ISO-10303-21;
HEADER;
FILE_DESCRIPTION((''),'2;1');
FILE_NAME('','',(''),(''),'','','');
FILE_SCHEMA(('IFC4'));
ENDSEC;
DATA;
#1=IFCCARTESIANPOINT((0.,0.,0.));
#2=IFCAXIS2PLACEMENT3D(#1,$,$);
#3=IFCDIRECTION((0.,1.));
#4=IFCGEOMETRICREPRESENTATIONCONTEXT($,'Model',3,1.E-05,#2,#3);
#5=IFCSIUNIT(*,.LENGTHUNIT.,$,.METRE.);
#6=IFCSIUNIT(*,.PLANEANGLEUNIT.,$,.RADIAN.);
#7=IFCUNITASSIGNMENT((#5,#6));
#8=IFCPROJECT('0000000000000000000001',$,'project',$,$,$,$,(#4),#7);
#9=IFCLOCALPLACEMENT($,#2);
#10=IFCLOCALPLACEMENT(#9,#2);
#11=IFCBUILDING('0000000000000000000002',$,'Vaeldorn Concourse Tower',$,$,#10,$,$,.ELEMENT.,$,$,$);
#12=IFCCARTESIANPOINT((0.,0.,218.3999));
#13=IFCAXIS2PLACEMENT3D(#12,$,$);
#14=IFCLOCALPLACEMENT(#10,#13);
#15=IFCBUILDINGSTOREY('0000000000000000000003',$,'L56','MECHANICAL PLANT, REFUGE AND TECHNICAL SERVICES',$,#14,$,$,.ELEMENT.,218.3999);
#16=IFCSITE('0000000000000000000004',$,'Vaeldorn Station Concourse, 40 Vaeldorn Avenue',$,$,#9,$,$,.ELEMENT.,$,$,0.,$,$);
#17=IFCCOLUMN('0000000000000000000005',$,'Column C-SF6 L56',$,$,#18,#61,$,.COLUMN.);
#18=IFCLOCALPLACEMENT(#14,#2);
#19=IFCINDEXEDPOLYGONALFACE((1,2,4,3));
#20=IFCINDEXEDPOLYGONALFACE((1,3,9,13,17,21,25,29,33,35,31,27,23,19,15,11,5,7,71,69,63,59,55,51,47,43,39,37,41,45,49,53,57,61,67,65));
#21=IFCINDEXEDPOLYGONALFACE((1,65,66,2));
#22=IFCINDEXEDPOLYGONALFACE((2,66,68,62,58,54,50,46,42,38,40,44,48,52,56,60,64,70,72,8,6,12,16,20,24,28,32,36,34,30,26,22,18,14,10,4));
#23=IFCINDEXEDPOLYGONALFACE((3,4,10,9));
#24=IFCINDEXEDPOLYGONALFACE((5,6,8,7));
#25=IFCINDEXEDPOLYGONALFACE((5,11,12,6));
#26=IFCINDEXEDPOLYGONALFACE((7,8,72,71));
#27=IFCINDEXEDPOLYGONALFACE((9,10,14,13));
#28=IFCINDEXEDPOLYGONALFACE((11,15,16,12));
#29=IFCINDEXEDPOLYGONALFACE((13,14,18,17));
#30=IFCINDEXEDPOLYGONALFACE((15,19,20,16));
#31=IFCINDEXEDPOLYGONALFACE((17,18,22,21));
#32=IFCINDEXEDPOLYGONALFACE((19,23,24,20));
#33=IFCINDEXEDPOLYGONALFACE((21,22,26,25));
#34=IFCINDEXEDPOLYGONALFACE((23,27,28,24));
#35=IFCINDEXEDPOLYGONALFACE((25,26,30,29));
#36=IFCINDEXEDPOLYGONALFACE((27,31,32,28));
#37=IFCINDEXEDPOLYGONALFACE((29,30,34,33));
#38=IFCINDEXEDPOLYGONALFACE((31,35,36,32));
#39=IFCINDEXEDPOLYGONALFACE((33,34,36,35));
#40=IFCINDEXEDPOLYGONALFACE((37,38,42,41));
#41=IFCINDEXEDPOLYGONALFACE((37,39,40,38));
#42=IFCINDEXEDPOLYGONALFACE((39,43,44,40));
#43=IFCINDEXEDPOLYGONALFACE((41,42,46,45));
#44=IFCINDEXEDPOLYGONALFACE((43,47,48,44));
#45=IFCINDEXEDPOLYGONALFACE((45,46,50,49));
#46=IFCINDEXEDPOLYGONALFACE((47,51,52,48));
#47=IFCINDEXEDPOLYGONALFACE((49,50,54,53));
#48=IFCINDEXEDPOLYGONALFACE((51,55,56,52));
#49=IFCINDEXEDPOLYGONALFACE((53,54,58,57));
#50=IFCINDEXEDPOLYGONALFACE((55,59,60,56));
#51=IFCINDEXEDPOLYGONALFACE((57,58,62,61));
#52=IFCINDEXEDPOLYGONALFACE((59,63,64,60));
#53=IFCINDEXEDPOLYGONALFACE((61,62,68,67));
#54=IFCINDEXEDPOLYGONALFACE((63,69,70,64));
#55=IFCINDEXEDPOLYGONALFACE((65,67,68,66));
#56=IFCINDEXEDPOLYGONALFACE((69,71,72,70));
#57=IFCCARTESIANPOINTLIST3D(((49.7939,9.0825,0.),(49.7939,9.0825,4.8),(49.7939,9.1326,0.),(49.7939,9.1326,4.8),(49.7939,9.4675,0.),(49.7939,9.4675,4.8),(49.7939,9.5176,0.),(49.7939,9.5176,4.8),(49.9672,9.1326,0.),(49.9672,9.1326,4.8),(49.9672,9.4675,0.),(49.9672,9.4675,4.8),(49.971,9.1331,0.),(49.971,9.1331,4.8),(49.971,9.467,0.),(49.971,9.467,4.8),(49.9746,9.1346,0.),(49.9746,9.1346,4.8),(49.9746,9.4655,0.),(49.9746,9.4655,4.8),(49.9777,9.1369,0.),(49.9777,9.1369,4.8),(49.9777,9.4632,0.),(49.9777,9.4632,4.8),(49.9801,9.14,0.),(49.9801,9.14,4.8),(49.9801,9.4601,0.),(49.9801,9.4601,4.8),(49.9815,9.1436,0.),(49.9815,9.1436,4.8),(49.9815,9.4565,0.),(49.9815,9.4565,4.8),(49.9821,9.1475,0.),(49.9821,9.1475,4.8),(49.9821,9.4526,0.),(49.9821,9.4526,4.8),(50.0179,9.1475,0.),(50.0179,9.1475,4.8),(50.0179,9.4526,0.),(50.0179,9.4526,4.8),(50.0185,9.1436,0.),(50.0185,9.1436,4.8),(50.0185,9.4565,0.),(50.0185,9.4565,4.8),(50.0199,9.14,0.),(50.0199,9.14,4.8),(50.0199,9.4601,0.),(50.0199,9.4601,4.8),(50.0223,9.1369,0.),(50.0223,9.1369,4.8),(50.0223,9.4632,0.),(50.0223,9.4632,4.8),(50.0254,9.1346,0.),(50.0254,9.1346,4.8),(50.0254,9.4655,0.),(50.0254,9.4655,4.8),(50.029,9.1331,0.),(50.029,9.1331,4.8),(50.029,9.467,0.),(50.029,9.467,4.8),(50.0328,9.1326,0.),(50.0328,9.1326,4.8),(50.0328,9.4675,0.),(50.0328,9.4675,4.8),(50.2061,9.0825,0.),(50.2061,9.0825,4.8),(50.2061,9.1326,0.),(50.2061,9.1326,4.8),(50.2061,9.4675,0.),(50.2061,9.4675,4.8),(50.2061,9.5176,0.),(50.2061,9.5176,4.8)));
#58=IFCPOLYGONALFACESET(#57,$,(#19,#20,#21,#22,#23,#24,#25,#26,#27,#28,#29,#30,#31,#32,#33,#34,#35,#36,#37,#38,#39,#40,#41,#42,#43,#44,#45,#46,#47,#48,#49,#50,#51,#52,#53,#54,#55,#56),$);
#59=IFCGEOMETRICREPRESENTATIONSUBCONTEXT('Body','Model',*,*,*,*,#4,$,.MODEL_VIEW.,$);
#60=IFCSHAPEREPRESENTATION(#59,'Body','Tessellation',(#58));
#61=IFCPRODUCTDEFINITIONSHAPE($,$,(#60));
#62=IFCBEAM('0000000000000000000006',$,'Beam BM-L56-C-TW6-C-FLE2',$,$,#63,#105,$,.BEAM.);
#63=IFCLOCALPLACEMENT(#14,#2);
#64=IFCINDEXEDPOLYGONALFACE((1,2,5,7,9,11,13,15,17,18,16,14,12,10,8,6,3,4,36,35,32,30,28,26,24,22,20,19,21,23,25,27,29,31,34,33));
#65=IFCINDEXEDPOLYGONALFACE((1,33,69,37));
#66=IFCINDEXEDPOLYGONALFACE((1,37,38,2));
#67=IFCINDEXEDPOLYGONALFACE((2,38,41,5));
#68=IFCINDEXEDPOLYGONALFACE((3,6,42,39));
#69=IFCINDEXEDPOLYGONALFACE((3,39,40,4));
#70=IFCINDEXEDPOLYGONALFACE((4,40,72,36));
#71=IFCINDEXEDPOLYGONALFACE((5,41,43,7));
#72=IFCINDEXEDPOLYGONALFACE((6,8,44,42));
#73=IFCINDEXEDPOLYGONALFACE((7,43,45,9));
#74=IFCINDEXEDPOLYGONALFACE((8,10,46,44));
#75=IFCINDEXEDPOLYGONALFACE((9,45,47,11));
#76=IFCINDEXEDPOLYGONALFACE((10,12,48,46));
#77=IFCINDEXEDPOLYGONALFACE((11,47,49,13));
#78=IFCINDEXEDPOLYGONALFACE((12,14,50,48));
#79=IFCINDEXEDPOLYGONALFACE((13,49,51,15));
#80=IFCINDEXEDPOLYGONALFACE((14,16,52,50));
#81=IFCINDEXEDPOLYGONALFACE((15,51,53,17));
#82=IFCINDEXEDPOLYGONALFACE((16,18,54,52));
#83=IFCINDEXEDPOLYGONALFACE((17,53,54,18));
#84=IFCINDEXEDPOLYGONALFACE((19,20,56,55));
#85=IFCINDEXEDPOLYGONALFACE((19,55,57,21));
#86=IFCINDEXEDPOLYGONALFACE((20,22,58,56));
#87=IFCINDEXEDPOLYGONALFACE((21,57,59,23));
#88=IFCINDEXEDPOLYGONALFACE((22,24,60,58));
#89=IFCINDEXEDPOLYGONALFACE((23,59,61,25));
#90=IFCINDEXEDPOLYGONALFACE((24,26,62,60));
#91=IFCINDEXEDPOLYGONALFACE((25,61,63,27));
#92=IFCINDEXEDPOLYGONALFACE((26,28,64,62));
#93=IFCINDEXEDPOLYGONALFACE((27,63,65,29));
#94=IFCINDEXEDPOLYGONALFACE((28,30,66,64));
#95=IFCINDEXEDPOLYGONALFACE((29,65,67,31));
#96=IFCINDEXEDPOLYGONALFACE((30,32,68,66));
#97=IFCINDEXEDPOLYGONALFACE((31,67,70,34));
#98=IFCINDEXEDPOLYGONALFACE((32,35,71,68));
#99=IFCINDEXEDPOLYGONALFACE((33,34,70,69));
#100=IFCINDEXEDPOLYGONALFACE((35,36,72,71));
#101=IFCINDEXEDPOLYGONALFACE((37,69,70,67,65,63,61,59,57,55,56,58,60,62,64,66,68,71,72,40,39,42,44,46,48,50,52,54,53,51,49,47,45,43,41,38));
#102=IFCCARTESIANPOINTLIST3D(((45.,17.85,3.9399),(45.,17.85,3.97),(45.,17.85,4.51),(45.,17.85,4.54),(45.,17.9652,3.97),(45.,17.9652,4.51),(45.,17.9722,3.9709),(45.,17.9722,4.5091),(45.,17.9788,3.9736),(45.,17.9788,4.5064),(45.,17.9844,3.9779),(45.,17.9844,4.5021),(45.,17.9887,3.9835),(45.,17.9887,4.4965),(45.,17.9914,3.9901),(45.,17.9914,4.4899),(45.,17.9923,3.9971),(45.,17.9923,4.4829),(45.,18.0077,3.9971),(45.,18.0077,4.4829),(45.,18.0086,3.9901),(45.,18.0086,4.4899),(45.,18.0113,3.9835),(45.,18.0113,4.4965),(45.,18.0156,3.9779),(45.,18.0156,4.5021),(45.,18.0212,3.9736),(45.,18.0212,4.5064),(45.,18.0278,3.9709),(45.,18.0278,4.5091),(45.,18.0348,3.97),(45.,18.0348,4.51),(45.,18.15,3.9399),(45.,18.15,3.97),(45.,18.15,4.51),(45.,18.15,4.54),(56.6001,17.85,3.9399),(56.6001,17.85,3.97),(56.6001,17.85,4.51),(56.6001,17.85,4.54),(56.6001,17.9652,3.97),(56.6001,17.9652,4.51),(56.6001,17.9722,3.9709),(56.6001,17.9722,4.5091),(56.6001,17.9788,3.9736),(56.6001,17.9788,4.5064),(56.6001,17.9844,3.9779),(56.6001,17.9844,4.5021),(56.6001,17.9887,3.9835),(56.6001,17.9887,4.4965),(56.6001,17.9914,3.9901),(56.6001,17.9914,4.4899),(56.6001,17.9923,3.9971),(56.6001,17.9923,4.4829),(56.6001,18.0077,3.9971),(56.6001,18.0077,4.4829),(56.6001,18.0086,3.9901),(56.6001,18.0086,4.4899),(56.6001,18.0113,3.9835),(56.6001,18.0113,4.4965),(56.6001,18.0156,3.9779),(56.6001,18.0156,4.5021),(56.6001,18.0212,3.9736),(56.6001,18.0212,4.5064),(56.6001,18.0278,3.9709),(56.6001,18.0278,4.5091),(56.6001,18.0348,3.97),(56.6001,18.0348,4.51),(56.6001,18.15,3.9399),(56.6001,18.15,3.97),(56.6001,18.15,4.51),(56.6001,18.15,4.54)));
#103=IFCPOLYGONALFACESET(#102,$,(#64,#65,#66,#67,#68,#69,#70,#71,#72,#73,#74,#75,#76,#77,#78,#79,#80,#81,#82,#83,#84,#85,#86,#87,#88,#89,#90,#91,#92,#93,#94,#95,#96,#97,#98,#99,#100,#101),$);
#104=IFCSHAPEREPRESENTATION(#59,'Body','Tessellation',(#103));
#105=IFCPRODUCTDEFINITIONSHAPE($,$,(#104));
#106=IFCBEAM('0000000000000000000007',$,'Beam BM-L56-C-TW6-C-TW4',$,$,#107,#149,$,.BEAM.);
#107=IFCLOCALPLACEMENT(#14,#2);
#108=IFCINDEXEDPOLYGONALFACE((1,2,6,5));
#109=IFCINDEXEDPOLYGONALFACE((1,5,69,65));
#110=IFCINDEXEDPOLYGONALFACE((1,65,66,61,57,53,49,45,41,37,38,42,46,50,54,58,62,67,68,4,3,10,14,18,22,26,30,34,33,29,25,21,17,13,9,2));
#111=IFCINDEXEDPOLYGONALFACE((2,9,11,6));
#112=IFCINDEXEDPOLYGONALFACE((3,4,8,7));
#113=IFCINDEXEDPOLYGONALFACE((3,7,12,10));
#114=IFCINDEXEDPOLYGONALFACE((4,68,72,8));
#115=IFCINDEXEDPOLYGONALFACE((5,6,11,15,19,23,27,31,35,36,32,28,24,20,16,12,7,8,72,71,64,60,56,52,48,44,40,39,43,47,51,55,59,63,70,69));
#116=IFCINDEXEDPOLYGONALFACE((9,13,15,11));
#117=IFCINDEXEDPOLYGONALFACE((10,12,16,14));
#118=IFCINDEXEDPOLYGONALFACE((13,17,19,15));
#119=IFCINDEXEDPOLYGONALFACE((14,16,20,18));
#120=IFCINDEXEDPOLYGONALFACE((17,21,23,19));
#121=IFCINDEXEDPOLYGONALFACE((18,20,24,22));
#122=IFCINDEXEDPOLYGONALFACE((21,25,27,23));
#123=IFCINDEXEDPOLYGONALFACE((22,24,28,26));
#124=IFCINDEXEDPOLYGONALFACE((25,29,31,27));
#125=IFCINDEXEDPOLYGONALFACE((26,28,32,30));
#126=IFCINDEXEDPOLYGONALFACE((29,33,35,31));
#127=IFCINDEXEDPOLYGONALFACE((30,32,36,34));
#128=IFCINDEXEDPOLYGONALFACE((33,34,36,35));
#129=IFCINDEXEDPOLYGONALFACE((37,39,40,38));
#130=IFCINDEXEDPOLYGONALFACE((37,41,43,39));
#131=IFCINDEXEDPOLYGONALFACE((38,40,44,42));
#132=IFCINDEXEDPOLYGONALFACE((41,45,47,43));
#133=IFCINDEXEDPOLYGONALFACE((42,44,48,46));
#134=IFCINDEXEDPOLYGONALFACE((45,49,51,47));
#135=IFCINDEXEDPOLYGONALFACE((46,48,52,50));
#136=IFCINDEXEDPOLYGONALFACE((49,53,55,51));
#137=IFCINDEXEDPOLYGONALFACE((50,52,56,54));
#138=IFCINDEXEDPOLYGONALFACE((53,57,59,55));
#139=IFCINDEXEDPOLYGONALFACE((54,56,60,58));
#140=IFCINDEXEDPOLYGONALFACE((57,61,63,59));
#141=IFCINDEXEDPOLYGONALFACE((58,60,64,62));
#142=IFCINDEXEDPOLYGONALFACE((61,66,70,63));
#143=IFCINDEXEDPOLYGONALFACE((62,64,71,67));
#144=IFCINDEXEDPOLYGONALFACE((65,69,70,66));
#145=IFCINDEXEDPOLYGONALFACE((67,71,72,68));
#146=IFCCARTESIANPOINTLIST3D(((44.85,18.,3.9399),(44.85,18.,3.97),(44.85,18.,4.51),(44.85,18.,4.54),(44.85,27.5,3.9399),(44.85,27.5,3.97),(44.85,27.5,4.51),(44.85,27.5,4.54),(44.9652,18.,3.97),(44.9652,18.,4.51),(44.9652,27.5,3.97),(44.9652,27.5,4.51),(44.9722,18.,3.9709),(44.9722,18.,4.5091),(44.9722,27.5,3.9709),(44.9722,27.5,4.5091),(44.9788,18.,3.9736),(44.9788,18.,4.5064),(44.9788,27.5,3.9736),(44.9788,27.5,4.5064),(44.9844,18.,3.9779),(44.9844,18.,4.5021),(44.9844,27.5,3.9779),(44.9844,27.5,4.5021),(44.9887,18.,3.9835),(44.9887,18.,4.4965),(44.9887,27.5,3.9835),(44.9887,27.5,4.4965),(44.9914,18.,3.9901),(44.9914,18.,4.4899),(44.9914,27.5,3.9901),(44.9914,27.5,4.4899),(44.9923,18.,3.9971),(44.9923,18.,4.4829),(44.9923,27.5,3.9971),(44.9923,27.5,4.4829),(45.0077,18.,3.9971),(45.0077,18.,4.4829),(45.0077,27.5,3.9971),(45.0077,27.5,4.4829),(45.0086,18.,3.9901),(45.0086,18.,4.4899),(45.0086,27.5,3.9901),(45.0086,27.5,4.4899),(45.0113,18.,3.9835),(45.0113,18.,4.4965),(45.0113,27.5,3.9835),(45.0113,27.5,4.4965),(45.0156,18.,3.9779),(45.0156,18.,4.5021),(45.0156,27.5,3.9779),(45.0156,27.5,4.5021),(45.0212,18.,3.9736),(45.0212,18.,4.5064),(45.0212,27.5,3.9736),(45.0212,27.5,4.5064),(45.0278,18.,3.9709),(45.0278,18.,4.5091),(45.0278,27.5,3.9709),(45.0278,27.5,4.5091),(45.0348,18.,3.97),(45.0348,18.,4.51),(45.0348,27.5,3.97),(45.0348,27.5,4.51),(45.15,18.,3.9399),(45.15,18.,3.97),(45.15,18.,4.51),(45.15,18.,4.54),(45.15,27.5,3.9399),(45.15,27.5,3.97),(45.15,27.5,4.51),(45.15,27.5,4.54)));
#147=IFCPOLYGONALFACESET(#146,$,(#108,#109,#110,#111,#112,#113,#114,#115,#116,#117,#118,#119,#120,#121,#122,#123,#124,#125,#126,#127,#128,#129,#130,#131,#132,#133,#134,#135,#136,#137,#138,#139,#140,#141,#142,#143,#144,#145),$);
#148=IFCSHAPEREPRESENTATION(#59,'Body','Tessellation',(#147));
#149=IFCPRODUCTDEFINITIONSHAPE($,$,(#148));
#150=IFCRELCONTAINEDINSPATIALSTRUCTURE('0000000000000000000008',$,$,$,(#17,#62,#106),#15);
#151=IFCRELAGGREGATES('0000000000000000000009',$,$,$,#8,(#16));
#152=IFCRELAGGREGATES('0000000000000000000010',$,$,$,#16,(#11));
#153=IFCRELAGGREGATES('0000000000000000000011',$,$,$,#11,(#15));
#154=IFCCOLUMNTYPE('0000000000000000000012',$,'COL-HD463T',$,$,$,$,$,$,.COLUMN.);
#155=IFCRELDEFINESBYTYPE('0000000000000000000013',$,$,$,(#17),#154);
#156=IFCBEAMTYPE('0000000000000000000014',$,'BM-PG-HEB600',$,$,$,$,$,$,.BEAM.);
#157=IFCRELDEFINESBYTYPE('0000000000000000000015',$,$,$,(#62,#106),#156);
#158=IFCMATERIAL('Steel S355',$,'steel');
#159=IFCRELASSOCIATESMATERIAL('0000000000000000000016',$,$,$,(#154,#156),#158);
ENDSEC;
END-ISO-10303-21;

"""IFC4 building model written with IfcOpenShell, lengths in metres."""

from ifc_helpers import new_model, si_unit, direction, frame, origin, origin_2d, place, context, subcontext, project, spatial, i_section, extrude, source, transform, mapped, material, material_profile, profile_set, type_object, element, save


model = new_model("IFC4")

# Units and contexts
model_context = context("Model", 3, precision=1e-05, world=origin(), true_north=direction((0.0, 1.0)))
body_context = subcontext(model_context, "Body", "Model", "MODEL_VIEW")
ifc_project = project(units=[si_unit("LENGTHUNIT", "METRE"), si_unit("PLANEANGLEUNIT", "RADIAN")], contexts=[model_context])

# Site, building, storey
site_placement = place(None, origin())
site = spatial("IfcSite", under=ifc_project, at=site_placement, Name="Vaeldorn Station Concourse, 40 Vaeldorn Avenue", CompositionType="ELEMENT", RefElevation=0.0)
building_placement = place(site_placement, origin())
building = spatial("IfcBuilding", under=site, at=building_placement, Name="Vaeldorn Concourse Tower", CompositionType="ELEMENT")
storey_placement = place(building_placement, frame((0.0, 0.0, 218.3999)))
storey = spatial("IfcBuildingStorey", under=building, at=storey_placement, Name="L56", Description="MECHANICAL PLANT, REFUGE AND TECHNICAL SERVICES", CompositionType="ELEMENT", Elevation=218.3999)

# Column
ifc_material_1 = material(Name="Steel S355", Category="steel")
ifc_material_profile_1 = material_profile(ifc_material_1, i_section(OverallWidth=0.4121, OverallDepth=0.4351, WebThickness=0.0359, FlangeThickness=0.05, FilletRadius=0.0149, at=origin_2d()), Name="HD 400x463")
ifc_profile_set_1 = profile_set([ifc_material_profile_1], Name="Steel S355")
column_type_1 = type_object("IfcColumnType", Name="COL-HD463T", PredefinedType="COLUMN", material=ifc_profile_set_1)
shared_shape_1 = source(origin(), body_context, "Body", "SweptSolid", [
    extrude(i_section(OverallWidth=0.4121, OverallDepth=0.4351, WebThickness=0.0359, FlangeThickness=0.05, FilletRadius=0.0149, at=origin_2d()), origin(), (0.0, 0.0, 1.0), 4.8),
])
for number, where, z_axis, x_axis, name in (
    (1, (50.0, 9.3, 0.0), (0.0, 0.0, 1.0), (1.0, 0.0, 0.0), "Column C-SF6 L56"),
):
    element("IfcColumn", number, at=place(storey_placement, frame(where, z_axis=z_axis, x_axis=x_axis)), inside=storey, type_object=column_type_1, Name=name, PredefinedType="COLUMN", context=body_context, shape_type="MappedRepresentation", body=[
        mapped(shared_shape_1, transform((0.0, 0.0, 0.0), scale=1.0)),
    ])

# Beams
ifc_material_profile_2 = material_profile(ifc_material_1, i_section(OverallWidth=0.3, OverallDepth=0.6001, WebThickness=0.0154, FlangeThickness=0.03, FilletRadius=0.0271, at=origin_2d()), Name="HEB 600")
ifc_profile_set_2 = profile_set([ifc_material_profile_2], Name="Steel S355")
beam_type_1 = type_object("IfcBeamType", Name="BM-PG-HEB600", PredefinedType="BEAM", material=ifc_profile_set_2)
shared_shape_2 = source(origin(), body_context, "Body", "SweptSolid", [
    extrude(i_section(OverallWidth=0.3, OverallDepth=0.6001, WebThickness=0.0154, FlangeThickness=0.03, FilletRadius=0.0271, at=origin_2d()), origin(), (0.0, 0.0, 1.0), 11.6001),
])
beam_1_placement = place(storey_placement, frame((45.0, 18.0, 4.24), z_axis=(1.0, 0.0, 0.0), x_axis=(0.0, 1.0, 0.0)))
element("IfcBeam", 2, at=beam_1_placement, inside=storey, type_object=beam_type_1, Name="Beam BM-L56-C-TW6-C-FLE2", PredefinedType="BEAM", context=body_context, shape_type="MappedRepresentation", body=[
    mapped(shared_shape_2, transform((0.0, 0.0, 0.0), scale=1.0)),
])
shared_shape_3 = source(origin(), body_context, "Body", "SweptSolid", [
    extrude(i_section(OverallWidth=0.3, OverallDepth=0.6001, WebThickness=0.0154, FlangeThickness=0.03, FilletRadius=0.0271, at=origin_2d()), origin(), (0.0, 0.0, 1.0), 9.5),
])
beam_2_placement = place(storey_placement, frame((45.0, 18.0, 4.24), z_axis=(0.0, 1.0, 0.0), x_axis=(-1.0, 0.0, 0.0)))
element("IfcBeam", 3, at=beam_2_placement, inside=storey, type_object=beam_type_1, Name="Beam BM-L56-C-TW6-C-TW4", PredefinedType="BEAM", context=body_context, shape_type="MappedRepresentation", body=[
    mapped(shared_shape_3, transform((0.0, 0.0, 0.0), scale=1.0)),
])

save(model, "model.ifc")
